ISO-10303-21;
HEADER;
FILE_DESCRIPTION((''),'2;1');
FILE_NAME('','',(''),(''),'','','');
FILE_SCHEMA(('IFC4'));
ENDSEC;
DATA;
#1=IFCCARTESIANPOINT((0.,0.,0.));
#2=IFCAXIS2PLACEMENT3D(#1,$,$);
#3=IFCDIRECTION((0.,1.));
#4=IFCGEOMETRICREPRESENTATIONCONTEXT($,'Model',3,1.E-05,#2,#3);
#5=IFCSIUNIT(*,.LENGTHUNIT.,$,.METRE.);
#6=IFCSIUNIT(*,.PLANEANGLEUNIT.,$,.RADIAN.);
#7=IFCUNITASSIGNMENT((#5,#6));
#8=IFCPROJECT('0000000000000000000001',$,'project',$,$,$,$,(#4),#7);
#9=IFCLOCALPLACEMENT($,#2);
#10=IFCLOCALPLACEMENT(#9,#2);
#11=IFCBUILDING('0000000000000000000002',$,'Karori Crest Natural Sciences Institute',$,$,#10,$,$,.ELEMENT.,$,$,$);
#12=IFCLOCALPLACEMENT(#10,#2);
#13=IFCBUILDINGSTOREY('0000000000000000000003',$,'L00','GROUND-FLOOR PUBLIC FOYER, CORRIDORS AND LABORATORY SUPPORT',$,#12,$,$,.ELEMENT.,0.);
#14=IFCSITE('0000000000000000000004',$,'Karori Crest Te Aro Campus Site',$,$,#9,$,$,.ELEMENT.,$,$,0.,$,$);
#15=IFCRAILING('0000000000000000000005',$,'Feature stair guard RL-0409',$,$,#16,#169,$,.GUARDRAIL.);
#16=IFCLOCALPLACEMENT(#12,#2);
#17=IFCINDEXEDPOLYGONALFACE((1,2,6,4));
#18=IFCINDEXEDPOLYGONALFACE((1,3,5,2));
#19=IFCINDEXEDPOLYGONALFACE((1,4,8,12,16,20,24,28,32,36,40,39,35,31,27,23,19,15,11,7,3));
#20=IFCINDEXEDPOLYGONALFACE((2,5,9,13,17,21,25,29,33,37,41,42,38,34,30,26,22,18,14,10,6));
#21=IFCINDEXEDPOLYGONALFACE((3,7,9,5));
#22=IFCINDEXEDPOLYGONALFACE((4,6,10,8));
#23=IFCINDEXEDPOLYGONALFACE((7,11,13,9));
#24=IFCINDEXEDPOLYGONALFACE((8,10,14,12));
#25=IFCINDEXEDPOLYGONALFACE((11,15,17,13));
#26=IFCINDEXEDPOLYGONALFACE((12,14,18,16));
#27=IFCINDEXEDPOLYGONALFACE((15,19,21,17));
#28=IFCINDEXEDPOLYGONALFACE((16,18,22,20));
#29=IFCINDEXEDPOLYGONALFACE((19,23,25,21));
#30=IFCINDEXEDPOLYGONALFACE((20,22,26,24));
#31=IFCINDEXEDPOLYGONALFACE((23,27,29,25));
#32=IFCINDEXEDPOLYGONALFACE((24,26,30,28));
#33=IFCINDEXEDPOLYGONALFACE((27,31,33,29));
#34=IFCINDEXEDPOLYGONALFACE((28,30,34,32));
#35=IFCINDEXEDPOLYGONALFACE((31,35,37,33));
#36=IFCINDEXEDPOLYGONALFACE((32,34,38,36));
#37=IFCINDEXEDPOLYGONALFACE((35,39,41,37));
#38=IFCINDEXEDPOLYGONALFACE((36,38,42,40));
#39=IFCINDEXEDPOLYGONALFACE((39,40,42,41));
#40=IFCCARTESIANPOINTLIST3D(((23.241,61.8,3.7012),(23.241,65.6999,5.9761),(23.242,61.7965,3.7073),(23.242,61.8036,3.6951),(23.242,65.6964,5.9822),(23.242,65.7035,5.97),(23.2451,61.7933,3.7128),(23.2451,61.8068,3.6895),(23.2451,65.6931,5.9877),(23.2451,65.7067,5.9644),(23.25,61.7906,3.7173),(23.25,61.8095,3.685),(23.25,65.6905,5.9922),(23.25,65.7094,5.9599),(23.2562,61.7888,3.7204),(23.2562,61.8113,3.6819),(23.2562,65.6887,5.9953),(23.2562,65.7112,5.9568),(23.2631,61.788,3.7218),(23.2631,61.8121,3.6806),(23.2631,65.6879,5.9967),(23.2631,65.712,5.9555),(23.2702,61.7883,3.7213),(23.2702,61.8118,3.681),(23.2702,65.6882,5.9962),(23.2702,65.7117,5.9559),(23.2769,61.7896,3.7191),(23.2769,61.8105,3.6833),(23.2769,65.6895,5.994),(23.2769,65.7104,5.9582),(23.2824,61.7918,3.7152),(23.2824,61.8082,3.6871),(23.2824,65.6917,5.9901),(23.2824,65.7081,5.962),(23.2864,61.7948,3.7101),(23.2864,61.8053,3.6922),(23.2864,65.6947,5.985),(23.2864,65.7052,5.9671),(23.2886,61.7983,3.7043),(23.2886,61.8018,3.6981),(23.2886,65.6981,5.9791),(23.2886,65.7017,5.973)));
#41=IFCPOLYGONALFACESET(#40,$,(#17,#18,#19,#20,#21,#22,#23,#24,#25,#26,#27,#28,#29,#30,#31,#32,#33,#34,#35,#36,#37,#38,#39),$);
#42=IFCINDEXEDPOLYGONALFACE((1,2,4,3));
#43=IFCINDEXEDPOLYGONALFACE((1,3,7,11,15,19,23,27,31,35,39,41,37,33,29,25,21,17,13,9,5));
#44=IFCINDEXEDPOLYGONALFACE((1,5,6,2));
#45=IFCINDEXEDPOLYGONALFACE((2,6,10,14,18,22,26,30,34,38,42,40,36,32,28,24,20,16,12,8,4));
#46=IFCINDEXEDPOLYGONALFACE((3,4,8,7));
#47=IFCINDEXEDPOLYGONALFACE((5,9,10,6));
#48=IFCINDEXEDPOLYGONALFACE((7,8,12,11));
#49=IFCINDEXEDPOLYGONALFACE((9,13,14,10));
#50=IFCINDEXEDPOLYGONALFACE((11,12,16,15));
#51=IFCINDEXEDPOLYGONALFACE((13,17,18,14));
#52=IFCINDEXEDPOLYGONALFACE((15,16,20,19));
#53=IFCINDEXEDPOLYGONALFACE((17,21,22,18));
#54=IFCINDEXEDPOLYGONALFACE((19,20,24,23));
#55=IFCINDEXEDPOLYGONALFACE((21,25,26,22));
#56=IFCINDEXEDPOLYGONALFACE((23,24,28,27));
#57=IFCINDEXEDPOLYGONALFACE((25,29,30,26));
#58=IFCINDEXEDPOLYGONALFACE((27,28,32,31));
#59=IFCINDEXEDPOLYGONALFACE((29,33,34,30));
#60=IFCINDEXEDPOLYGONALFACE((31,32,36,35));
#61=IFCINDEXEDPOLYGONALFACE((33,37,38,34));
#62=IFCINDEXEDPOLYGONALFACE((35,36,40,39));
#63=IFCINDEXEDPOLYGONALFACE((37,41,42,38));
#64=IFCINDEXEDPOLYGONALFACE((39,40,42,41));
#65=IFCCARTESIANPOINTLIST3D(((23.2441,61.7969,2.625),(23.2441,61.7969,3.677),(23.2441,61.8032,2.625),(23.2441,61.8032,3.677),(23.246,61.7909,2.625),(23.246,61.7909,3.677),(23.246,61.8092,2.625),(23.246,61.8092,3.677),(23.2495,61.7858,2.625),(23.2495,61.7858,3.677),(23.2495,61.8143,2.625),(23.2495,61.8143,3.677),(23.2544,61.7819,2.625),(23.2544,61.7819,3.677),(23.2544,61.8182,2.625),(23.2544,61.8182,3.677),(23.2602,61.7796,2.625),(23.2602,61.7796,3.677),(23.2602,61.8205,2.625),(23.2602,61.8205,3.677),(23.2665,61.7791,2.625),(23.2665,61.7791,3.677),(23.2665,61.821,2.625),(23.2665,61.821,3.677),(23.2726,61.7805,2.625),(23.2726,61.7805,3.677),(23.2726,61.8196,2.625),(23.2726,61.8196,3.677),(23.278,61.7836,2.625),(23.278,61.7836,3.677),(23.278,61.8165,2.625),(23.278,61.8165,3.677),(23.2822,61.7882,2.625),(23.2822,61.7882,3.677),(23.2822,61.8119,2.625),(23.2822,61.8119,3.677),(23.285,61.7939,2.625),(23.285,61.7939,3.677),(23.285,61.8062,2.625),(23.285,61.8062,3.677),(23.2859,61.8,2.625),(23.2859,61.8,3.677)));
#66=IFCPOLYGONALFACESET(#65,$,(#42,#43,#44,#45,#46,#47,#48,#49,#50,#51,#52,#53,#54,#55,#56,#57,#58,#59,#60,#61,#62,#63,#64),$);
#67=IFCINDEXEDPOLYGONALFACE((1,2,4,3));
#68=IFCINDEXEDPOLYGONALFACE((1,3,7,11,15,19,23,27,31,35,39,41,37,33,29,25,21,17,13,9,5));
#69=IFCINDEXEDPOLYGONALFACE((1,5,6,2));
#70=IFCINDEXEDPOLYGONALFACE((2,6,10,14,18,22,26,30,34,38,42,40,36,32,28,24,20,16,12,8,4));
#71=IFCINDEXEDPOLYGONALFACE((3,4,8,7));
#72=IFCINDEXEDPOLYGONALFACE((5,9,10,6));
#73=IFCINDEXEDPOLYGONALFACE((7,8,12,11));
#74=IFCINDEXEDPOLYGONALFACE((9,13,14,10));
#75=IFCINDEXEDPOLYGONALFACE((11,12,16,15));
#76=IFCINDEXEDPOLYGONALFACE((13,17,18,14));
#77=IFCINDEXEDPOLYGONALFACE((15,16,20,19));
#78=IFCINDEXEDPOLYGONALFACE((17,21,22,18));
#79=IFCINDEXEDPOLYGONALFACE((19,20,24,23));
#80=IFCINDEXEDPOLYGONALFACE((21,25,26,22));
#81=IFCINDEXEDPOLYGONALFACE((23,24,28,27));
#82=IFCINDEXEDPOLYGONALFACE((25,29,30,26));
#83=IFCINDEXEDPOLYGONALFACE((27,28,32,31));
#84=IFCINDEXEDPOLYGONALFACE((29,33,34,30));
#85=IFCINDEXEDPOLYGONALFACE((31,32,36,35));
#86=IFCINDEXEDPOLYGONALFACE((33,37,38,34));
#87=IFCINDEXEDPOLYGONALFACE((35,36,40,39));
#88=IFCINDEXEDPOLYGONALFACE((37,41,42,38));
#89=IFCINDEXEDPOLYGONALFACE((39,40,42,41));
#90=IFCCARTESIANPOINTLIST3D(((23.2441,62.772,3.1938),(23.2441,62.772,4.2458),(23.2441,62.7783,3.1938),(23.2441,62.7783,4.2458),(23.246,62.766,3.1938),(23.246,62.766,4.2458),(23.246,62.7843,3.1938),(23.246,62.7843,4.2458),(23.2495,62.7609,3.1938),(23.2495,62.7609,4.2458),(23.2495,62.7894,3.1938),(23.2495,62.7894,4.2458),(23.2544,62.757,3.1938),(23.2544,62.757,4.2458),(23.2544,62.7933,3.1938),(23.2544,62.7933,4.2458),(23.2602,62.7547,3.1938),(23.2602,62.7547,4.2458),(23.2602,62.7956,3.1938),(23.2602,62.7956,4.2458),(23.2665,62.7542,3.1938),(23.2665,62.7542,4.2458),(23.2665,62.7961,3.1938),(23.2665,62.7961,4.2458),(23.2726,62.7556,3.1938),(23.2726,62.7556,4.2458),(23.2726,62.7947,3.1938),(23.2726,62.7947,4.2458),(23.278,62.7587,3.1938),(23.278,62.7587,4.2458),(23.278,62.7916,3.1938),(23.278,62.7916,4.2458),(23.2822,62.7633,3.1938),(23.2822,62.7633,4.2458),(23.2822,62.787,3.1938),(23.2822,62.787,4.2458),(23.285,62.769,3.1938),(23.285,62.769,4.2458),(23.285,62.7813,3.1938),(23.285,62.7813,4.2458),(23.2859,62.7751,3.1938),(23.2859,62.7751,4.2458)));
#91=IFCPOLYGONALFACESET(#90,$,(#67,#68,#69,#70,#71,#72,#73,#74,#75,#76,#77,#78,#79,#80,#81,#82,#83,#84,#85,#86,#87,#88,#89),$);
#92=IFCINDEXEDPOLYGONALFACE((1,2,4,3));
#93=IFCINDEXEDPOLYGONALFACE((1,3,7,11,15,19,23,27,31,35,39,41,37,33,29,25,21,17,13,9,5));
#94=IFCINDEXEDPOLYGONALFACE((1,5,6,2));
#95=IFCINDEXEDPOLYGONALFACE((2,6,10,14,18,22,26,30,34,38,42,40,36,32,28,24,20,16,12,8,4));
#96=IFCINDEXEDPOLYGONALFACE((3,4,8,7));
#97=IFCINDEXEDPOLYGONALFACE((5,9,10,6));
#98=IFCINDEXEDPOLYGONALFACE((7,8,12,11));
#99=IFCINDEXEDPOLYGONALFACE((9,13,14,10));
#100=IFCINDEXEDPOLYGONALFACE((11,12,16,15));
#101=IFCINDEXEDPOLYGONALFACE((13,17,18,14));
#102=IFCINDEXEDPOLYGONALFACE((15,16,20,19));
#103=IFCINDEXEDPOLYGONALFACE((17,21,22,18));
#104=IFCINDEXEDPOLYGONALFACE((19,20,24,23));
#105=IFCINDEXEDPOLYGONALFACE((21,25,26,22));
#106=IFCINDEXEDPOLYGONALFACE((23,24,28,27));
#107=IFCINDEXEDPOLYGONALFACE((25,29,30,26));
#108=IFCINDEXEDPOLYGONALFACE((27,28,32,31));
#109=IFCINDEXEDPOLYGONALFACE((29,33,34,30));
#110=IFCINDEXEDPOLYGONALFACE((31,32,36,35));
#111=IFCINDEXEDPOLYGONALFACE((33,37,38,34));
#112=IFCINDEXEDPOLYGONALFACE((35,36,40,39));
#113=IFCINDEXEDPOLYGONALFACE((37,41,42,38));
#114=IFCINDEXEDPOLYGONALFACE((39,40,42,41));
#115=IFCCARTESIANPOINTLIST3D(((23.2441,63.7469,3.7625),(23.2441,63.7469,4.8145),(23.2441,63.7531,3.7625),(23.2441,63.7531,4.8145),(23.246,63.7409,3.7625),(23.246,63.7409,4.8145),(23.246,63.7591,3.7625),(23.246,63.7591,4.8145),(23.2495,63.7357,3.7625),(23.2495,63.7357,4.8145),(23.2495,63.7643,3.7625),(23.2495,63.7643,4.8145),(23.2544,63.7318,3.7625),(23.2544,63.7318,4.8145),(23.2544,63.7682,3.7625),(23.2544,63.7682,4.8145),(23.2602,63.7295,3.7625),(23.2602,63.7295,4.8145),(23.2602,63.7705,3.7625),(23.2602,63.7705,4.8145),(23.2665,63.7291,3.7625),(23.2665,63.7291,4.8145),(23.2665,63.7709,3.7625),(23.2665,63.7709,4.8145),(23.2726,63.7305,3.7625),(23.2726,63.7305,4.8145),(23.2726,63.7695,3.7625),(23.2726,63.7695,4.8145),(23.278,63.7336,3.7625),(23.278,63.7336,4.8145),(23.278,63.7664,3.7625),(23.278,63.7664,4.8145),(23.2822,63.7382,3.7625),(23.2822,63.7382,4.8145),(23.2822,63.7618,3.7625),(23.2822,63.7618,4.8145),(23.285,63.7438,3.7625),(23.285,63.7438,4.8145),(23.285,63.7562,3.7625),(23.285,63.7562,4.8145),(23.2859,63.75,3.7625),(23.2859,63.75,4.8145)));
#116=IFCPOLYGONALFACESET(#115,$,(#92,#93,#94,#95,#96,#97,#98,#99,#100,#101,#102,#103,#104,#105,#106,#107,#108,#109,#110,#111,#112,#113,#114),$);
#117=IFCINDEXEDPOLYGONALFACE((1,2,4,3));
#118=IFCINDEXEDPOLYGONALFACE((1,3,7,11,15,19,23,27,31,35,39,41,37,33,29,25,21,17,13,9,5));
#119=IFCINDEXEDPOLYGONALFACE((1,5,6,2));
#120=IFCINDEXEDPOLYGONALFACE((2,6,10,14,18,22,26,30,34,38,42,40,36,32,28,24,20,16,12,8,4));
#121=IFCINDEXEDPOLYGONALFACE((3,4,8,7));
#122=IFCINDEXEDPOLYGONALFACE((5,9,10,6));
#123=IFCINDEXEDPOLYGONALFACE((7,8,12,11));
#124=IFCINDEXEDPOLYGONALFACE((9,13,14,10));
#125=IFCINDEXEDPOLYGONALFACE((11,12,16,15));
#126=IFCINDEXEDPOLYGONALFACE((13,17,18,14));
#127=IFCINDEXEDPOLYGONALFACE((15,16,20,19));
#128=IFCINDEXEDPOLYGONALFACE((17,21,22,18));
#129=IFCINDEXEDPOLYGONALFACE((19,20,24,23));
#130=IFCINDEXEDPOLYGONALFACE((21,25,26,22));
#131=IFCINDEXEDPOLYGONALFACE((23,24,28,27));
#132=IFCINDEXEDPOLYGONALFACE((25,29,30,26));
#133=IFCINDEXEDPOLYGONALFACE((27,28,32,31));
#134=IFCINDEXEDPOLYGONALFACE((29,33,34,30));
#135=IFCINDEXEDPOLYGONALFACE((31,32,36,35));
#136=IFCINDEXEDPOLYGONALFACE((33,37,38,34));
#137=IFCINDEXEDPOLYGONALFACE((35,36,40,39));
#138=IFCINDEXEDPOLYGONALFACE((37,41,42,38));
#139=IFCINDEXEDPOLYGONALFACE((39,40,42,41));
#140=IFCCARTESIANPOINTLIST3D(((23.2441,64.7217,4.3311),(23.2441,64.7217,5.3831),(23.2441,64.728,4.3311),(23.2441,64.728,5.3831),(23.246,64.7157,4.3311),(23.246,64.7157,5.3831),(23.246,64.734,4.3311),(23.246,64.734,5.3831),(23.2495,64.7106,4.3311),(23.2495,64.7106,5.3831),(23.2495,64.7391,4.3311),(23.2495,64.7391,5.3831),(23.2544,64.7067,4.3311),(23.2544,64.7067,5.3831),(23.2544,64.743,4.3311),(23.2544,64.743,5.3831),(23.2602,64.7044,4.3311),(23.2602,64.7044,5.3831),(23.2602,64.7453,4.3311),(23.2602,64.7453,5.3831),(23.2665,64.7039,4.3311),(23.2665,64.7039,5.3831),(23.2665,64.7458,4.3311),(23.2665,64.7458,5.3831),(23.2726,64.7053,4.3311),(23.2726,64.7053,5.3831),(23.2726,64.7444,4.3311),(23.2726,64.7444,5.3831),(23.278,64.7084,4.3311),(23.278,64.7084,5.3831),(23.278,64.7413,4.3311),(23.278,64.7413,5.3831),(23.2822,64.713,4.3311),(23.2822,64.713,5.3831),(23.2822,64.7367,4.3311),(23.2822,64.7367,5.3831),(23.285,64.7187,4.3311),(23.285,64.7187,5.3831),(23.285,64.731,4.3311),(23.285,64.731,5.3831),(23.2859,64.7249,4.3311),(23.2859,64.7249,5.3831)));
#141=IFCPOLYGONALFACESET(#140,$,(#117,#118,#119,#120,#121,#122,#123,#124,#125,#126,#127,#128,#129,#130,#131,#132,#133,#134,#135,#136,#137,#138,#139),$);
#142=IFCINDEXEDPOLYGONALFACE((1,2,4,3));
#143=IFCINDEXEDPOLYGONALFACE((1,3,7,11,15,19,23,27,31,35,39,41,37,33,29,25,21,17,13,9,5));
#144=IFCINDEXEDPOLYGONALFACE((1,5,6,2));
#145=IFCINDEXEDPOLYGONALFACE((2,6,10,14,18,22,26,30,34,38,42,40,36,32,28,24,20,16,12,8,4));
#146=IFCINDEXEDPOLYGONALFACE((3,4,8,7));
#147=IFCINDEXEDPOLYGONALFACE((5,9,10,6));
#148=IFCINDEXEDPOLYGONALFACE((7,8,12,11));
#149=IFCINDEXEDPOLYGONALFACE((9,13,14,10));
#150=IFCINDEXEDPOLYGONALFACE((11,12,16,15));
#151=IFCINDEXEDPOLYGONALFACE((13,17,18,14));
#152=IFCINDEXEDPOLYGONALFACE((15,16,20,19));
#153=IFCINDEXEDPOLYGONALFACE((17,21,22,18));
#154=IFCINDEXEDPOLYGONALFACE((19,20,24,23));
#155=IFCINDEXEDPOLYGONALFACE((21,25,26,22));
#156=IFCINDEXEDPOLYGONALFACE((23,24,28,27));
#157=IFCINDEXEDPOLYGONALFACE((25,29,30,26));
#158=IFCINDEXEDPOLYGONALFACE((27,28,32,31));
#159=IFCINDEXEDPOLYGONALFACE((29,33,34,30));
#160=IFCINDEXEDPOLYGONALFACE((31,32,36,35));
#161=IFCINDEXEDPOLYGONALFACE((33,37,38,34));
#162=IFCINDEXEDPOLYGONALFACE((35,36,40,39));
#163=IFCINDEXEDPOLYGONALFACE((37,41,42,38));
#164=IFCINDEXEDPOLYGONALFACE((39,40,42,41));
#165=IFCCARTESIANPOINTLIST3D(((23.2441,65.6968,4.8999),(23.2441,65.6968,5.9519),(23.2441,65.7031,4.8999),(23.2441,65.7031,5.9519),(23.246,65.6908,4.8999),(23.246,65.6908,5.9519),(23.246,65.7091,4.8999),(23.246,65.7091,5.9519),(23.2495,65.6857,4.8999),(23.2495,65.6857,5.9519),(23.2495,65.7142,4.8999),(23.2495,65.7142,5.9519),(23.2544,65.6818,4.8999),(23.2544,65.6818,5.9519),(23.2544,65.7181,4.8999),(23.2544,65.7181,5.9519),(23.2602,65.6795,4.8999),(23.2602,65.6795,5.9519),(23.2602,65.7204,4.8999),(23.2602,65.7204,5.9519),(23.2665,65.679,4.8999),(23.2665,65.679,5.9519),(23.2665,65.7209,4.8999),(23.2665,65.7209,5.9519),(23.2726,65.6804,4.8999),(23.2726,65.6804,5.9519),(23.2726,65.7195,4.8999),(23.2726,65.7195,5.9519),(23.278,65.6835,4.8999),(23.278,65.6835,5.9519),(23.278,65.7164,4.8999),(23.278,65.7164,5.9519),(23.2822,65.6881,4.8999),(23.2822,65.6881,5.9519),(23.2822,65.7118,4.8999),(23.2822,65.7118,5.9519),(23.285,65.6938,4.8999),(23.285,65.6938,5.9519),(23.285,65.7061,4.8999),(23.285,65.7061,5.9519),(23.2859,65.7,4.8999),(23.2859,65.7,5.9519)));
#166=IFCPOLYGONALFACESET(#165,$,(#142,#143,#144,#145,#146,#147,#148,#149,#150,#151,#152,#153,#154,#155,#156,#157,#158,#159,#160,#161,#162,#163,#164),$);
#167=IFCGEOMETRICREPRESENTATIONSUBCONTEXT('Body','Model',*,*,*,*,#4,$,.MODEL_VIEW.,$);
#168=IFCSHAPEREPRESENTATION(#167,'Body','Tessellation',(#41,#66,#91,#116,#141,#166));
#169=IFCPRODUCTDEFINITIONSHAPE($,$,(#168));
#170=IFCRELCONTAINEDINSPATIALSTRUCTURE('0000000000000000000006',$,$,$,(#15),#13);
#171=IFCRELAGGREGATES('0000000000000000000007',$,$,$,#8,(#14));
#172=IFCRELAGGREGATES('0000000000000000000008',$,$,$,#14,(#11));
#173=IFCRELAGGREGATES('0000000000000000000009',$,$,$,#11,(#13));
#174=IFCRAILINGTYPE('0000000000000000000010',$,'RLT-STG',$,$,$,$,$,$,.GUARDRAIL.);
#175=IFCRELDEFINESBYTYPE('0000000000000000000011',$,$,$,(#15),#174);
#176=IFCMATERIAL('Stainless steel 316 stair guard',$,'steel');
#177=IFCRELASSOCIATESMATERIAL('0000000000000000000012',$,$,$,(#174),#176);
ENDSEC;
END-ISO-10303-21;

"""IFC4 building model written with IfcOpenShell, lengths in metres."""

from ifc_helpers import new_model, si_unit, direction, frame, origin, origin_2d, place, context, subcontext, project, spatial, circle, extrude, material, type_object, element, save


model = new_model("IFC4")

# Units and contexts
model_context = context("Model", 3, precision=1e-05, world=origin(), true_north=direction((0.0, 1.0)))
body_context = subcontext(model_context, "Body", "Model", "MODEL_VIEW")
ifc_project = project(units=[si_unit("LENGTHUNIT", "METRE"), si_unit("PLANEANGLEUNIT", "RADIAN")], contexts=[model_context])

# Site, building, storey
site_placement = place(None, origin())
site = spatial("IfcSite", under=ifc_project, at=site_placement, Name="Karori Crest Te Aro Campus Site", CompositionType="ELEMENT", RefElevation=0.0)
building_placement = place(site_placement, origin())
building = spatial("IfcBuilding", under=site, at=building_placement, Name="Karori Crest Natural Sciences Institute", CompositionType="ELEMENT")
storey_placement = place(building_placement, origin())
storey = spatial("IfcBuildingStorey", under=building, at=storey_placement, Name="L00", Description="GROUND-FLOOR PUBLIC FOYER, CORRIDORS AND LABORATORY SUPPORT", CompositionType="ELEMENT", Elevation=0.0)

# Railing
ifc_material_1 = material(Name="Stainless steel 316 stair guard", Category="steel")
railing_type = type_object("IfcRailingType", Name="RLT-STG", PredefinedType="GUARDRAIL", material=ifc_material_1)
railing_1_placement = place(storey_placement, frame((23.2649, 61.8, 2.625)))
element("IfcRailing", 1, at=railing_1_placement, inside=storey, type_object=railing_type, Name="Feature stair guard RL-0409", PredefinedType="GUARDRAIL", context=body_context, shape_type="SweptSolid", body=[
    extrude(circle(Radius=0.0239, at=origin_2d()), frame((0.0, 0.0, 1.0762), z_axis=(0.0, 0.863783, 0.503864), x_axis=(-1.0, 0.0, 0.0)), (0.0, 0.0, 1.0), 4.5149),
    extrude(circle(Radius=0.021, at=origin_2d()), origin(), (0.0, 0.0, 1.0), 1.052),
    extrude(circle(Radius=0.021, at=origin_2d()), frame((0.0, 0.9751, 0.5688)), (0.0, 0.0, 1.0), 1.052),
    extrude(circle(Radius=0.021, at=origin_2d()), frame((0.0, 1.95, 1.1375)), (0.0, 0.0, 1.0), 1.052),
    extrude(circle(Radius=0.021, at=origin_2d()), frame((0.0, 2.9248, 1.7061)), (0.0, 0.0, 1.0), 1.052),
    extrude(circle(Radius=0.021, at=origin_2d()), frame((0.0, 3.8999, 2.2749)), (0.0, 0.0, 1.0), 1.052),
])

save(model, "model.ifc")
